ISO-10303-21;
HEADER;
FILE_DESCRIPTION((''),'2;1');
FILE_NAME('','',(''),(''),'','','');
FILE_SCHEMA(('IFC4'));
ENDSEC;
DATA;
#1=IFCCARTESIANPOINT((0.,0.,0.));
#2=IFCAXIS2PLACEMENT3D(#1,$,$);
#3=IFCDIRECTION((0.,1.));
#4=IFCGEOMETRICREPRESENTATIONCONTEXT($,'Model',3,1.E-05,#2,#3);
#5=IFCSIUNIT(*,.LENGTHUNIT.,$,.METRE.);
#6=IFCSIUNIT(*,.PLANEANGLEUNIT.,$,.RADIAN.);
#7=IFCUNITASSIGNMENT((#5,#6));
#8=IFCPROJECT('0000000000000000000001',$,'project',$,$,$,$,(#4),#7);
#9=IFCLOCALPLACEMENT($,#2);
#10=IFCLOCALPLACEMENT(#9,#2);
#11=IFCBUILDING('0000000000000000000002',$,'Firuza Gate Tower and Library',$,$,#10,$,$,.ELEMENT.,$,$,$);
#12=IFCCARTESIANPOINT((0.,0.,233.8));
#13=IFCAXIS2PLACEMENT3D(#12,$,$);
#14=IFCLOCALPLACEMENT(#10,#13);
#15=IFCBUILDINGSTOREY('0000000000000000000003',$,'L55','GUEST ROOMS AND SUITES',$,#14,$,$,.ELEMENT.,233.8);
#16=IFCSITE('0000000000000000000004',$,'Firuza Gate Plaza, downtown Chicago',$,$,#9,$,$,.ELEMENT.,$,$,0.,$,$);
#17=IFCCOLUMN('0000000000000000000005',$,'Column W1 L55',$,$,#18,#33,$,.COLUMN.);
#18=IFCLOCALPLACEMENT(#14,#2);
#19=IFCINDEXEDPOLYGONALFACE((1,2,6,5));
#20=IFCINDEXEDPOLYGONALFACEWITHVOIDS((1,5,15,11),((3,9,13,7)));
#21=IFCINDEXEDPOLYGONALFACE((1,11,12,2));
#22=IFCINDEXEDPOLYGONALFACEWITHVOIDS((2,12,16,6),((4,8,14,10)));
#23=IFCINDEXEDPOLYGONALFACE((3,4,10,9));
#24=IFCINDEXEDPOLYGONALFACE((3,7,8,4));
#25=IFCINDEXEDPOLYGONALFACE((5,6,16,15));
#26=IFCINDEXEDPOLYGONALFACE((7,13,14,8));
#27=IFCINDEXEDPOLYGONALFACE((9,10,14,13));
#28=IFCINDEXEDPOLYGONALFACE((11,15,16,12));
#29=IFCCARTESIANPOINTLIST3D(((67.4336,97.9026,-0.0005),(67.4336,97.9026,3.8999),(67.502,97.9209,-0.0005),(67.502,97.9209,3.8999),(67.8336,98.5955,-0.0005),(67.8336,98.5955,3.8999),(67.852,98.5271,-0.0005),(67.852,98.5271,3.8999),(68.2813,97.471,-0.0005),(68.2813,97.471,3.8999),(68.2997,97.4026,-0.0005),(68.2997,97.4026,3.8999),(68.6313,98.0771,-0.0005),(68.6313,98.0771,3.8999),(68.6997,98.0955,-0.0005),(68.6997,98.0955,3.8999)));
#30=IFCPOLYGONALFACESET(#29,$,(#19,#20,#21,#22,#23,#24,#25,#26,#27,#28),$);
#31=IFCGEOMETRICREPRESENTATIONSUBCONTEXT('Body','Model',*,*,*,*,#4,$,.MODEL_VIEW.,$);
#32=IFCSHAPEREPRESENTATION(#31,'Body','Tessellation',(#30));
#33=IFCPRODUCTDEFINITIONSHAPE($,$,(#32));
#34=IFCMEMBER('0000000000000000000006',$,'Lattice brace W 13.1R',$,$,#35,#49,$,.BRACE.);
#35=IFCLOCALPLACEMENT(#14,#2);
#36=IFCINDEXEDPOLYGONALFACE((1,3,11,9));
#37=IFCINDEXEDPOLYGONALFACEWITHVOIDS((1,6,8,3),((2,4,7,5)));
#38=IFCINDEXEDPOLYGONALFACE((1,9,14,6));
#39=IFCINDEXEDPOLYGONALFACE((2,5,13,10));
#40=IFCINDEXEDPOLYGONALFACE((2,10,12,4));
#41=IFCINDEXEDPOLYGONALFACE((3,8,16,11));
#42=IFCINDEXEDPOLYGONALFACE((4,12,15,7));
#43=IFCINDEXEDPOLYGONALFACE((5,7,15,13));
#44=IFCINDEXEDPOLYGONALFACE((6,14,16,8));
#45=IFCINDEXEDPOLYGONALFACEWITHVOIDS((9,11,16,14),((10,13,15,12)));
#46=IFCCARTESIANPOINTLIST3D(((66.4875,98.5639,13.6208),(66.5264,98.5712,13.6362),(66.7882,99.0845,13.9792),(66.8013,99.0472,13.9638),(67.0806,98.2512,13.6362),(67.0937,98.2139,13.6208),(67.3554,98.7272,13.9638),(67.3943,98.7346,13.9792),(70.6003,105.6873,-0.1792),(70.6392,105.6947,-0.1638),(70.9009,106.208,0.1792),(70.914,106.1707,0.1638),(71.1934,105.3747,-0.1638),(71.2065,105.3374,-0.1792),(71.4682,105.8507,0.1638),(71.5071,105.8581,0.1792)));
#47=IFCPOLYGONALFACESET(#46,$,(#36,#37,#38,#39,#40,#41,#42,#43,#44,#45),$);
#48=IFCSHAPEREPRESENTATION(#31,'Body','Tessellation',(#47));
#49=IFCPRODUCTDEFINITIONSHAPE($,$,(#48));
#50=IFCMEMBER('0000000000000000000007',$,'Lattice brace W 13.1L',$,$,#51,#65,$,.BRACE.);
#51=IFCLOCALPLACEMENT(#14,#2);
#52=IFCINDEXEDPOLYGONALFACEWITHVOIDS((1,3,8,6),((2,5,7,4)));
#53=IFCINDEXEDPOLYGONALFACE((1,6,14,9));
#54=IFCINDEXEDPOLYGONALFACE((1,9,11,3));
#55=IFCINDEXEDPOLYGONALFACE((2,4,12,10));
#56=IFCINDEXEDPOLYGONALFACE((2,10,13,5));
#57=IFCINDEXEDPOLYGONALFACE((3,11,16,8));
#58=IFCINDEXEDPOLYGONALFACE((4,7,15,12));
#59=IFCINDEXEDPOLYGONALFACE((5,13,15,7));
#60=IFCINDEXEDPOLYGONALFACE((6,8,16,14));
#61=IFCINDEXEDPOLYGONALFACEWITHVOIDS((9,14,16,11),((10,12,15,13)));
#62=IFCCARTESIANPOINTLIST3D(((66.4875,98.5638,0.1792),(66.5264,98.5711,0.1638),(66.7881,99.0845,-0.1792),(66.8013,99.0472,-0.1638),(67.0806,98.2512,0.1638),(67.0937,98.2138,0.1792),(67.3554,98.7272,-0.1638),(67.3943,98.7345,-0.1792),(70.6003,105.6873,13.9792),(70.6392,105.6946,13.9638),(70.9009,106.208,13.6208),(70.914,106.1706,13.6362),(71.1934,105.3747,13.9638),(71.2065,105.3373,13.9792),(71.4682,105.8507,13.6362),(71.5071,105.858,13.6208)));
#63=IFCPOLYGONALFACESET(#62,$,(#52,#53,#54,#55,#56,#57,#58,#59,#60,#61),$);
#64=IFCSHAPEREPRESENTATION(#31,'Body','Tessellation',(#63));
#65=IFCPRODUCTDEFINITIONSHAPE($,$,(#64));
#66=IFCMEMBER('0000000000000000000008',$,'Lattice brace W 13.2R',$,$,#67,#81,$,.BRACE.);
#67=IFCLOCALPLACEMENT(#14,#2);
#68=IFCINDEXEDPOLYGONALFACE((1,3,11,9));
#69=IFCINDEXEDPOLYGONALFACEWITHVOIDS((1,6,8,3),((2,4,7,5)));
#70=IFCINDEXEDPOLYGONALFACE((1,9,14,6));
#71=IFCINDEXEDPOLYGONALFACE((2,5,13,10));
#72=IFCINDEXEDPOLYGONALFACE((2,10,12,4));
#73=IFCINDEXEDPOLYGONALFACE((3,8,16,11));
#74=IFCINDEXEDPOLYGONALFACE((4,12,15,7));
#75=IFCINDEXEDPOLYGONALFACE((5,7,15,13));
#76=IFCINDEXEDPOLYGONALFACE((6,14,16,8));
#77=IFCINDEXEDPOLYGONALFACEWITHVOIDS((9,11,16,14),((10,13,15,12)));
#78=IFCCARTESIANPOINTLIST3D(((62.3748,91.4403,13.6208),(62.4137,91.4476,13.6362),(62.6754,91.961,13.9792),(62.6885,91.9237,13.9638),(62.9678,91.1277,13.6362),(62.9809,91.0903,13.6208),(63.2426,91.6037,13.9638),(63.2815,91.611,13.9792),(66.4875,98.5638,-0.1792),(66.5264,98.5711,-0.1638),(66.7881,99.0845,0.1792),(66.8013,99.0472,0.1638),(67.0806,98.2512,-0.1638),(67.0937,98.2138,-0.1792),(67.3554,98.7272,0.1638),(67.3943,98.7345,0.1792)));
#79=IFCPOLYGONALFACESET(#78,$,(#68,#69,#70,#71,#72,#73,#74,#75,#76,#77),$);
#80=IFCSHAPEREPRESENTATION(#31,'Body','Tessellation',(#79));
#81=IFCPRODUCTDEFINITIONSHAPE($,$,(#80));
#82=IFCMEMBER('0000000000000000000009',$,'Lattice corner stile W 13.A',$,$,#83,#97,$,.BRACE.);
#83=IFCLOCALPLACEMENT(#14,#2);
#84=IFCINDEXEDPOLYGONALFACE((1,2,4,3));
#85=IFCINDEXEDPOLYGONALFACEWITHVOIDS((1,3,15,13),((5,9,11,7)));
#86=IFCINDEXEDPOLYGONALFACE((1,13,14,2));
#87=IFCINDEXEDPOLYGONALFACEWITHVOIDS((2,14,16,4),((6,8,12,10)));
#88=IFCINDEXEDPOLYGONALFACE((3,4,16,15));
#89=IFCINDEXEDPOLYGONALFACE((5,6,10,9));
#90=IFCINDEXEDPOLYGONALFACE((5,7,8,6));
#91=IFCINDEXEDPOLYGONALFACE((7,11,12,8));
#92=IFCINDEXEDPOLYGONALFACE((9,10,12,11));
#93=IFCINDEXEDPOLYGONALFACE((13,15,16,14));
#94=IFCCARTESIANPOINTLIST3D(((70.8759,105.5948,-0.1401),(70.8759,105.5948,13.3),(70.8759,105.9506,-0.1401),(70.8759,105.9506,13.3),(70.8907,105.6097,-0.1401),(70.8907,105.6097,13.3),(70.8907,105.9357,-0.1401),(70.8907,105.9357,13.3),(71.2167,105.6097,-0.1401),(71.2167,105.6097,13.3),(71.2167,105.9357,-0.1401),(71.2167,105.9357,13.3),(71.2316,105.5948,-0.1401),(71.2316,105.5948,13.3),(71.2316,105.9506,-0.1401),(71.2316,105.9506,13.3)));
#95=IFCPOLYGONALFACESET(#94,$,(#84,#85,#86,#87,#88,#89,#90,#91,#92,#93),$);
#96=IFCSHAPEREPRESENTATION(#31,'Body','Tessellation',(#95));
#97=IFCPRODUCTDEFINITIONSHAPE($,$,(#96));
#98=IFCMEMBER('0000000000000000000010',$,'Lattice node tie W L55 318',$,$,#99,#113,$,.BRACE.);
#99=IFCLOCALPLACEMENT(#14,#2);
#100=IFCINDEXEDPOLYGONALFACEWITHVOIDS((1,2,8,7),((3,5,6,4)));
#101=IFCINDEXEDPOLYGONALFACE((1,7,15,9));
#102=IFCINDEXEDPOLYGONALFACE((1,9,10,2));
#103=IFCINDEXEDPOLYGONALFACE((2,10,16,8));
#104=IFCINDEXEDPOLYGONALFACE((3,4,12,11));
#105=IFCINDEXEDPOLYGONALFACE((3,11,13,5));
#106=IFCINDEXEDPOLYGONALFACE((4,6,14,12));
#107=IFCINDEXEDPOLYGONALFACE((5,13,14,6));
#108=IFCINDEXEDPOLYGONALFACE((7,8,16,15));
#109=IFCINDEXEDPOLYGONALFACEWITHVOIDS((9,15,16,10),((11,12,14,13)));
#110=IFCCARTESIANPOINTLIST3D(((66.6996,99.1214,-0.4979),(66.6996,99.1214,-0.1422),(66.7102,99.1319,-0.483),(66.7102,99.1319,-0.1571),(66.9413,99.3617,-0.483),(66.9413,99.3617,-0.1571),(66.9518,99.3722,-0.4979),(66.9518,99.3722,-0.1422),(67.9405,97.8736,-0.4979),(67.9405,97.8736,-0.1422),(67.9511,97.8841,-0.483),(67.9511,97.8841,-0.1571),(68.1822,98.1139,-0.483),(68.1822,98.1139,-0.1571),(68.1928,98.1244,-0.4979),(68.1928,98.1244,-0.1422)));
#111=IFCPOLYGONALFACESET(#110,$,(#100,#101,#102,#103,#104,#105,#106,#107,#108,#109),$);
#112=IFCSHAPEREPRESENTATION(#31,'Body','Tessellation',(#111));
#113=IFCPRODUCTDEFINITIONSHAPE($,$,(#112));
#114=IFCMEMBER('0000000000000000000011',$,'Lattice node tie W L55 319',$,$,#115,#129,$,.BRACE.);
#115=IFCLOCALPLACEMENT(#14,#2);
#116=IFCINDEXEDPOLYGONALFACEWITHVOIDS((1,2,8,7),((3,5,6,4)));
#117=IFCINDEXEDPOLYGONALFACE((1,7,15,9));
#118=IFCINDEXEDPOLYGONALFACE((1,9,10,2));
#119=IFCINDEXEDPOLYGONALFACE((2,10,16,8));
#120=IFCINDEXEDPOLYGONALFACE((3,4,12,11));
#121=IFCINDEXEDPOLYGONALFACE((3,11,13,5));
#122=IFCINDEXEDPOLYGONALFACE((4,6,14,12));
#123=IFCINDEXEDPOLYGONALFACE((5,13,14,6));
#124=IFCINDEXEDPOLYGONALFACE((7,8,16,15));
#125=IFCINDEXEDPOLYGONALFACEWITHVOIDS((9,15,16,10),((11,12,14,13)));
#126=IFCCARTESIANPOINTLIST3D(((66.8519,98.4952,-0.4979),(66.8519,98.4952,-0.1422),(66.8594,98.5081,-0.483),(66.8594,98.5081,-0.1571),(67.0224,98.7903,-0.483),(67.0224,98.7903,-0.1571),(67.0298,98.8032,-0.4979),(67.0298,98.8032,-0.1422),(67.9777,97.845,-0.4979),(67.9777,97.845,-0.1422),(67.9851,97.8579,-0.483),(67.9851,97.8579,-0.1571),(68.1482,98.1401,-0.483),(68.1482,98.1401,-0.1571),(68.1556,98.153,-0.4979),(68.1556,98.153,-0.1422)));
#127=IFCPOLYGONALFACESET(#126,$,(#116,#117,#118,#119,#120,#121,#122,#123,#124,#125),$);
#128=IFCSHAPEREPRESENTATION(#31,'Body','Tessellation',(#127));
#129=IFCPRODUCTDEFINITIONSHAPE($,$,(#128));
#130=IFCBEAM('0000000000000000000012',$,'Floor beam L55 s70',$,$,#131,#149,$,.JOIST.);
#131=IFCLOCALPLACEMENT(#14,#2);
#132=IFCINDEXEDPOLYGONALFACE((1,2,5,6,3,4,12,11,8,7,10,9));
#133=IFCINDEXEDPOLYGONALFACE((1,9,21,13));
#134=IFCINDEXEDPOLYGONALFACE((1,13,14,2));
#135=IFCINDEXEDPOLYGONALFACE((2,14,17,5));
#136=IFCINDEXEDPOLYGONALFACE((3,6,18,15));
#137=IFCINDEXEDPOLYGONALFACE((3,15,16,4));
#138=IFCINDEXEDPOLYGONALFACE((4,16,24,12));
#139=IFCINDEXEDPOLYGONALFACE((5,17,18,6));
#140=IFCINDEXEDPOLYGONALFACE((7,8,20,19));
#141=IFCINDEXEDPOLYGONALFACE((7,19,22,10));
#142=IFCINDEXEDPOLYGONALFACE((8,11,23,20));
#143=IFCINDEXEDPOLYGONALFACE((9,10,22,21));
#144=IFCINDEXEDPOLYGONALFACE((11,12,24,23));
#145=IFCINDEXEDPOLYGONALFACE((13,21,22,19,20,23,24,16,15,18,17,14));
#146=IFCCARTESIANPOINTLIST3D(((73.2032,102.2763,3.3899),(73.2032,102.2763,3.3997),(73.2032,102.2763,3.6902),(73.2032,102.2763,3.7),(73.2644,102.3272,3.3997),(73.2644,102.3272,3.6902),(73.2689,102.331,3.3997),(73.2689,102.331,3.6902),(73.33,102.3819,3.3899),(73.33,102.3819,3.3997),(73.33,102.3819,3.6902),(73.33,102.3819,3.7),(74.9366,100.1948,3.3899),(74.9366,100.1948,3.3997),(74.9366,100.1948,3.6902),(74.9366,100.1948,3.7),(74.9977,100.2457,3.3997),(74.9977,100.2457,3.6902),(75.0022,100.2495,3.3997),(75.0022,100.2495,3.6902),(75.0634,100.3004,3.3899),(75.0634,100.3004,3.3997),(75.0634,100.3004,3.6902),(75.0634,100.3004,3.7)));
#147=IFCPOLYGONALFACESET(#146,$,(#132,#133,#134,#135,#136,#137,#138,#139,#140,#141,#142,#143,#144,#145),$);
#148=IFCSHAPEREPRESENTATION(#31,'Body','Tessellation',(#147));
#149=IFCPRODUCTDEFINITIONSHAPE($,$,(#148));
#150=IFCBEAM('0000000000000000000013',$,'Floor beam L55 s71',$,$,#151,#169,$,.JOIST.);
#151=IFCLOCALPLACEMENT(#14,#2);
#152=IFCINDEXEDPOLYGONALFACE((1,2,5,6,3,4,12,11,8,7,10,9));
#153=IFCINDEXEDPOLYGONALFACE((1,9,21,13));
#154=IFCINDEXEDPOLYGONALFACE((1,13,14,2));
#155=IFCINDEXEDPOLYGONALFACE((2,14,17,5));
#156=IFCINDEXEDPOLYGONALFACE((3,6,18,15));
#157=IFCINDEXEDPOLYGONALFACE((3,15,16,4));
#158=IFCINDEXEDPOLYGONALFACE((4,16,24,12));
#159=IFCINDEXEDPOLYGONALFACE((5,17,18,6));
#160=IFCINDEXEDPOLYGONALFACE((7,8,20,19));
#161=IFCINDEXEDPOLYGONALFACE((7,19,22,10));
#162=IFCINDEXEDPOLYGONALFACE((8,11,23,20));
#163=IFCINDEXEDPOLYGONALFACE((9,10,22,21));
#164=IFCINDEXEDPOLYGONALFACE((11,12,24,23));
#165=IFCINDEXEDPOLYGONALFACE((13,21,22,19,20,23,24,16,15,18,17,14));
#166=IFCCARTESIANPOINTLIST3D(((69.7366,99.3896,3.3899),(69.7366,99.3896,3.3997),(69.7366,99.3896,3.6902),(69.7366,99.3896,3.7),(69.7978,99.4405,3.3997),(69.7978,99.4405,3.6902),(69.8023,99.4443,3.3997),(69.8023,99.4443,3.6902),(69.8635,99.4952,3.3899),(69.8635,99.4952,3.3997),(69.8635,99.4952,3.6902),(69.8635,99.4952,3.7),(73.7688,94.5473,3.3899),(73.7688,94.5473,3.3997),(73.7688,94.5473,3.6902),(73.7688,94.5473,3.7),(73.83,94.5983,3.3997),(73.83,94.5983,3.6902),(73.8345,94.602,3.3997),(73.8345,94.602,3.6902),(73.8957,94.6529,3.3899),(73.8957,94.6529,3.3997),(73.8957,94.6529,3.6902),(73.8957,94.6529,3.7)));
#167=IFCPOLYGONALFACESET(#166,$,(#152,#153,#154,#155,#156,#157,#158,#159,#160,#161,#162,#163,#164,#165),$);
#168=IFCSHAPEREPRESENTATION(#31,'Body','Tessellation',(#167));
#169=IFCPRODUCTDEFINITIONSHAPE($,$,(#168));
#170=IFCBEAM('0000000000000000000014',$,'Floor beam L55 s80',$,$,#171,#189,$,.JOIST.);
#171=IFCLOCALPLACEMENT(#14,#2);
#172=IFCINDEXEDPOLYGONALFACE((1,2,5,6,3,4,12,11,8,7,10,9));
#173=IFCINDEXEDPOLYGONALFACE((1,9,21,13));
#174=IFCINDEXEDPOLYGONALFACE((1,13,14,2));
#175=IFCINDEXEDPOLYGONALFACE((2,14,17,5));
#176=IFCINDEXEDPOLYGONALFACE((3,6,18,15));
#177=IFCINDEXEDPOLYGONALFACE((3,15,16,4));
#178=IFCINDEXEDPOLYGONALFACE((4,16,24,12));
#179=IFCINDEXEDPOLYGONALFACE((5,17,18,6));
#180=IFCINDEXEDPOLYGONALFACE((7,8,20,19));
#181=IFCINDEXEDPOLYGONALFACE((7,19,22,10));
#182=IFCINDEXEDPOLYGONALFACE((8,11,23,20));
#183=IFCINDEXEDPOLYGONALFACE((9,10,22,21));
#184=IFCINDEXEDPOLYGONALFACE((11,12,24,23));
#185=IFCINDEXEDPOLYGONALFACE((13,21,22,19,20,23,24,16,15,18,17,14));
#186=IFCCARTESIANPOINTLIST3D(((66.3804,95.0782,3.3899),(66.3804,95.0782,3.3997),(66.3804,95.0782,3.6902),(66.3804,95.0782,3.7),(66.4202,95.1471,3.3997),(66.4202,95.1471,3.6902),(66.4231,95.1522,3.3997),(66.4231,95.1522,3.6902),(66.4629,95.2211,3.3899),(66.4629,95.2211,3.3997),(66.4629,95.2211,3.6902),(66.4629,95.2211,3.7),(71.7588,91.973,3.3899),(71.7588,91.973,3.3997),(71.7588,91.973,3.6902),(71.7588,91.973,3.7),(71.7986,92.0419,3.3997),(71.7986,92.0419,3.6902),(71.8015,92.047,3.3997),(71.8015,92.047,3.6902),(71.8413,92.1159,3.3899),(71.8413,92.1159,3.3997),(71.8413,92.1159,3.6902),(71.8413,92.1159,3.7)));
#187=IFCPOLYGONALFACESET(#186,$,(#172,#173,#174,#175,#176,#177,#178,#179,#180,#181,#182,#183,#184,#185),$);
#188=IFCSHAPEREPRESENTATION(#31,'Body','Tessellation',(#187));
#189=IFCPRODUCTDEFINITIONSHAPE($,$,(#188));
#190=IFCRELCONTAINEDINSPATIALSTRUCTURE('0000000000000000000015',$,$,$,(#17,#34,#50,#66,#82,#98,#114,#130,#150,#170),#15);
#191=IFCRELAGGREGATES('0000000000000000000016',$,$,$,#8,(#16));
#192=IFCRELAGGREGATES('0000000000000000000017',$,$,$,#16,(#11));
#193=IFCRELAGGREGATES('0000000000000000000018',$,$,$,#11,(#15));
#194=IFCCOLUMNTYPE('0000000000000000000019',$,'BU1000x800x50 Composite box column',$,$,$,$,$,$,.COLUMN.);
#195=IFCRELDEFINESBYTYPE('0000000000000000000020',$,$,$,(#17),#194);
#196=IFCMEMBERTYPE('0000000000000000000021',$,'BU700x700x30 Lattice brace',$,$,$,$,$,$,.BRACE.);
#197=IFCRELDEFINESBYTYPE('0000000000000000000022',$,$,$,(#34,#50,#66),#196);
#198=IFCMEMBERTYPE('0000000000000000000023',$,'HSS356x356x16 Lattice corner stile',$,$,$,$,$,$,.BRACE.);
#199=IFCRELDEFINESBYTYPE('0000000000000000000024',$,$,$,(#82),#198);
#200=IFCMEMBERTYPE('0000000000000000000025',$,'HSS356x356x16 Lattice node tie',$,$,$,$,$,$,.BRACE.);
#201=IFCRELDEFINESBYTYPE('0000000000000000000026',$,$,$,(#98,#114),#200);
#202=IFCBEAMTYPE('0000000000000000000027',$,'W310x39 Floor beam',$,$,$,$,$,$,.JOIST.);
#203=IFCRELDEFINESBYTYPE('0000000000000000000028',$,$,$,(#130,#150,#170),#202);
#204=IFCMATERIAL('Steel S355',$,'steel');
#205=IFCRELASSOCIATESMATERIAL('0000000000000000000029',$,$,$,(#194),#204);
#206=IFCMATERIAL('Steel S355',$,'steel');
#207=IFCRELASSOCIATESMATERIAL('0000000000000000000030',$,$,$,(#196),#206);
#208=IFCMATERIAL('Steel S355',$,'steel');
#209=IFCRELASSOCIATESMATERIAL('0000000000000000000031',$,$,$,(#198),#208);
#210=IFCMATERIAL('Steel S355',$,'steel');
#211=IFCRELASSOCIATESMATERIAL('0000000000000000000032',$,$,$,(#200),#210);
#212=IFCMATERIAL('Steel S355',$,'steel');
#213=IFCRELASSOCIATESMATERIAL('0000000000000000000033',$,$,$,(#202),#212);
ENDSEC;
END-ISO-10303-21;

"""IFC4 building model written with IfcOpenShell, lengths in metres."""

from ifc_helpers import new_model, si_unit, direction, frame, origin, origin_2d, place, context, subcontext, project, spatial, hollow_rectangle, i_section, extrude, material, material_profile, profile_set, type_object, element, save


model = new_model("IFC4")

# Units and contexts
model_context = context("Model", 3, precision=1e-05, world=origin(), true_north=direction((0.0, 1.0)))
body_context = subcontext(model_context, "Body", "Model", "MODEL_VIEW")
ifc_project = project(units=[si_unit("LENGTHUNIT", "METRE"), si_unit("PLANEANGLEUNIT", "RADIAN")], contexts=[model_context])

# Site, building, storey
site_placement = place(None, origin())
site = spatial("IfcSite", under=ifc_project, at=site_placement, Name="Firuza Gate Plaza, downtown Chicago", CompositionType="ELEMENT", RefElevation=0.0)
building_placement = place(site_placement, origin())
building = spatial("IfcBuilding", under=site, at=building_placement, Name="Firuza Gate Tower and Library", CompositionType="ELEMENT")
storey_placement = place(building_placement, frame((0.0, 0.0, 233.8)))
storey = spatial("IfcBuildingStorey", under=building, at=storey_placement, Name="L55", Description="GUEST ROOMS AND SUITES", CompositionType="ELEMENT", Elevation=233.8)

# Column
ifc_material_1 = material(Name="Steel S355", Category="steel")
ifc_material_profile_1 = material_profile(ifc_material_1, hollow_rectangle(XDim=0.8, YDim=1.0, WallThickness=0.05, at=origin_2d()))
ifc_profile_set_1 = profile_set([ifc_material_profile_1], Name="Steel S355")
column_type = type_object("IfcColumnType", Name="BU1000x800x50 Composite box column", PredefinedType="COLUMN", material=ifc_profile_set_1)
column_placement = place(storey_placement, frame((68.0667, 97.999, -0.0005), z_axis=(0.0, 0.0, 1.0), x_axis=(-0.5, -0.866025, 0.0)))
element("IfcColumn", 1, at=column_placement, inside=storey, type_object=column_type, Name="Column W1 L55", PredefinedType="COLUMN", context=body_context, shape_type="SweptSolid", body=[
    extrude(hollow_rectangle(XDim=0.8, YDim=1.0, WallThickness=0.05, at=origin_2d()), origin(), (0.0, 0.0, 1.0), 3.9004),
])

# Members
ifc_material_2 = material(Name="Steel S355", Category="steel")
ifc_material_profile_2 = material_profile(ifc_material_2, hollow_rectangle(XDim=0.7, YDim=0.7, WallThickness=0.03, at=origin_2d()))
ifc_profile_set_2 = profile_set([ifc_material_profile_2], Name="Steel S355")
member_type_1 = type_object("IfcMemberType", Name="BU700x700x30 Lattice brace", PredefinedType="BRACE", material=ifc_profile_set_2)
for number, where, z_axis, x_axis, name in (
    (2, (71.0537, 105.7727, 0.0), (-0.256001, -0.443405, 0.858985), (0.866024, -0.500002, 0.0), "Lattice brace W 13.1R"),
    (3, (66.9409, 98.6492, 0.0), (0.256001, 0.443405, 0.858985), (-0.866024, 0.500002, 0.0), "Lattice brace W 13.1L"),
    (4, (66.9409, 98.6492, 0.0), (-0.256001, -0.443405, 0.858985), (0.866024, -0.500002, 0.0), "Lattice brace W 13.2R"),
):
    element("IfcMember", number, at=place(storey_placement, frame(where, z_axis=z_axis, x_axis=x_axis)), inside=storey, type_object=member_type_1, Name=name, PredefinedType="BRACE", context=body_context, shape_type="SweptSolid", body=[
        extrude(hollow_rectangle(XDim=0.7, YDim=0.7, WallThickness=0.03, at=origin_2d()), origin(), (0.0, 0.0, 1.0), 16.0654),
    ])
ifc_material_3 = material(Name="Steel S355", Category="steel")
ifc_material_profile_3 = material_profile(ifc_material_3, hollow_rectangle(XDim=0.3557, YDim=0.3557, WallThickness=0.0149, at=origin_2d()))
ifc_profile_set_3 = profile_set([ifc_material_profile_3], Name="Steel S355")
member_type_2 = type_object("IfcMemberType", Name="HSS356x356x16 Lattice corner stile", PredefinedType="BRACE", material=ifc_profile_set_3)
member_1_placement = place(storey_placement, frame((71.0537, 105.7727, -0.1401), z_axis=(0.0, 0.0, 1.0), x_axis=(1.0, 0.0, 0.0)))
element("IfcMember", 5, at=member_1_placement, inside=storey, type_object=member_type_2, Name="Lattice corner stile W 13.A", PredefinedType="BRACE", context=body_context, shape_type="SweptSolid", body=[
    extrude(hollow_rectangle(XDim=0.3557, YDim=0.3557, WallThickness=0.0149, at=origin_2d()), origin(), (0.0, 0.0, 1.0), 13.4402),
])
ifc_material_4 = material(Name="Steel S355", Category="steel")
ifc_material_profile_4 = material_profile(ifc_material_4, hollow_rectangle(XDim=0.3557, YDim=0.3557, WallThickness=0.0149, at=origin_2d()))
ifc_profile_set_4 = profile_set([ifc_material_profile_4], Name="Steel S355")
member_type_3 = type_object("IfcMemberType", Name="HSS356x356x16 Lattice node tie", PredefinedType="BRACE", material=ifc_profile_set_4)
member_2_placement = place(storey_placement, frame((68.0667, 97.999, -0.3201), z_axis=(-0.705162, 0.709046, 0.0), x_axis=(-0.709046, -0.705162, 0.0)))
element("IfcMember", 6, at=member_2_placement, inside=storey, type_object=member_type_3, Name="Lattice node tie W L55 318", PredefinedType="BRACE", context=body_context, shape_type="SweptSolid", body=[
    extrude(hollow_rectangle(XDim=0.3557, YDim=0.3557, WallThickness=0.0149, at=origin_2d()), origin(), (0.0, 0.0, 1.0), 1.7598),
])
member_3_placement = place(storey_placement, frame((68.0667, 97.999, -0.3201), z_axis=(-0.865957, 0.500118, 0.0), x_axis=(-0.500118, -0.865957, 0.0)))
element("IfcMember", 7, at=member_3_placement, inside=storey, type_object=member_type_3, Name="Lattice node tie W L55 319", PredefinedType="BRACE", context=body_context, shape_type="SweptSolid", body=[
    extrude(hollow_rectangle(XDim=0.3557, YDim=0.3557, WallThickness=0.0149, at=origin_2d()), origin(), (0.0, 0.0, 1.0), 1.3),
])

# Beams
ifc_material_5 = material(Name="Steel S355", Category="steel")
ifc_material_profile_5 = material_profile(ifc_material_5, i_section(OverallWidth=0.165, OverallDepth=0.3101, WebThickness=0.0059, FlangeThickness=0.0098, at=origin_2d()))
ifc_profile_set_5 = profile_set([ifc_material_profile_5], Name="Steel S355")
beam_type_1 = type_object("IfcBeamType", Name="W310x39 Floor beam", PredefinedType="JOIST", material=ifc_profile_set_5)
beam_1_placement = place(storey_placement, frame((73.2666, 102.3291, 3.5449), z_axis=(0.639918, -0.768443, 0.0), x_axis=(0.768443, 0.639918, 0.0)))
element("IfcBeam", 8, at=beam_1_placement, inside=storey, type_object=beam_type_1, Name="Floor beam L55 s70", PredefinedType="JOIST", context=body_context, shape_type="SweptSolid", body=[
    extrude(i_section(OverallWidth=0.165, OverallDepth=0.3101, WebThickness=0.0059, FlangeThickness=0.0098, at=origin_2d()), origin(), (0.0, 0.0, 1.0), 2.7087),
])
beam_2_placement = place(storey_placement, frame((69.8, 99.4424, 3.5449), z_axis=(0.639902, -0.768456, 0.0), x_axis=(0.768456, 0.639902, 0.0)))
element("IfcBeam", 9, at=beam_2_placement, inside=storey, type_object=beam_type_1, Name="Floor beam L55 s71", PredefinedType="JOIST", context=body_context, shape_type="SweptSolid", body=[
    extrude(i_section(OverallWidth=0.165, OverallDepth=0.3101, WebThickness=0.0059, FlangeThickness=0.0098, at=origin_2d()), origin(), (0.0, 0.0, 1.0), 6.3013),
])
beam_3_placement = place(storey_placement, frame((66.4216, 95.1497, 3.5449), z_axis=(0.866026, -0.499999, 0.0), x_axis=(0.499999, 0.866026, 0.0)))
element("IfcBeam", 10, at=beam_3_placement, inside=storey, type_object=beam_type_1, Name="Floor beam L55 s80", PredefinedType="JOIST", context=body_context, shape_type="SweptSolid", body=[
    extrude(i_section(OverallWidth=0.165, OverallDepth=0.3101, WebThickness=0.0059, FlangeThickness=0.0098, at=origin_2d()), origin(), (0.0, 0.0, 1.0), 6.2104),
])

save(model, "model.ifc")
